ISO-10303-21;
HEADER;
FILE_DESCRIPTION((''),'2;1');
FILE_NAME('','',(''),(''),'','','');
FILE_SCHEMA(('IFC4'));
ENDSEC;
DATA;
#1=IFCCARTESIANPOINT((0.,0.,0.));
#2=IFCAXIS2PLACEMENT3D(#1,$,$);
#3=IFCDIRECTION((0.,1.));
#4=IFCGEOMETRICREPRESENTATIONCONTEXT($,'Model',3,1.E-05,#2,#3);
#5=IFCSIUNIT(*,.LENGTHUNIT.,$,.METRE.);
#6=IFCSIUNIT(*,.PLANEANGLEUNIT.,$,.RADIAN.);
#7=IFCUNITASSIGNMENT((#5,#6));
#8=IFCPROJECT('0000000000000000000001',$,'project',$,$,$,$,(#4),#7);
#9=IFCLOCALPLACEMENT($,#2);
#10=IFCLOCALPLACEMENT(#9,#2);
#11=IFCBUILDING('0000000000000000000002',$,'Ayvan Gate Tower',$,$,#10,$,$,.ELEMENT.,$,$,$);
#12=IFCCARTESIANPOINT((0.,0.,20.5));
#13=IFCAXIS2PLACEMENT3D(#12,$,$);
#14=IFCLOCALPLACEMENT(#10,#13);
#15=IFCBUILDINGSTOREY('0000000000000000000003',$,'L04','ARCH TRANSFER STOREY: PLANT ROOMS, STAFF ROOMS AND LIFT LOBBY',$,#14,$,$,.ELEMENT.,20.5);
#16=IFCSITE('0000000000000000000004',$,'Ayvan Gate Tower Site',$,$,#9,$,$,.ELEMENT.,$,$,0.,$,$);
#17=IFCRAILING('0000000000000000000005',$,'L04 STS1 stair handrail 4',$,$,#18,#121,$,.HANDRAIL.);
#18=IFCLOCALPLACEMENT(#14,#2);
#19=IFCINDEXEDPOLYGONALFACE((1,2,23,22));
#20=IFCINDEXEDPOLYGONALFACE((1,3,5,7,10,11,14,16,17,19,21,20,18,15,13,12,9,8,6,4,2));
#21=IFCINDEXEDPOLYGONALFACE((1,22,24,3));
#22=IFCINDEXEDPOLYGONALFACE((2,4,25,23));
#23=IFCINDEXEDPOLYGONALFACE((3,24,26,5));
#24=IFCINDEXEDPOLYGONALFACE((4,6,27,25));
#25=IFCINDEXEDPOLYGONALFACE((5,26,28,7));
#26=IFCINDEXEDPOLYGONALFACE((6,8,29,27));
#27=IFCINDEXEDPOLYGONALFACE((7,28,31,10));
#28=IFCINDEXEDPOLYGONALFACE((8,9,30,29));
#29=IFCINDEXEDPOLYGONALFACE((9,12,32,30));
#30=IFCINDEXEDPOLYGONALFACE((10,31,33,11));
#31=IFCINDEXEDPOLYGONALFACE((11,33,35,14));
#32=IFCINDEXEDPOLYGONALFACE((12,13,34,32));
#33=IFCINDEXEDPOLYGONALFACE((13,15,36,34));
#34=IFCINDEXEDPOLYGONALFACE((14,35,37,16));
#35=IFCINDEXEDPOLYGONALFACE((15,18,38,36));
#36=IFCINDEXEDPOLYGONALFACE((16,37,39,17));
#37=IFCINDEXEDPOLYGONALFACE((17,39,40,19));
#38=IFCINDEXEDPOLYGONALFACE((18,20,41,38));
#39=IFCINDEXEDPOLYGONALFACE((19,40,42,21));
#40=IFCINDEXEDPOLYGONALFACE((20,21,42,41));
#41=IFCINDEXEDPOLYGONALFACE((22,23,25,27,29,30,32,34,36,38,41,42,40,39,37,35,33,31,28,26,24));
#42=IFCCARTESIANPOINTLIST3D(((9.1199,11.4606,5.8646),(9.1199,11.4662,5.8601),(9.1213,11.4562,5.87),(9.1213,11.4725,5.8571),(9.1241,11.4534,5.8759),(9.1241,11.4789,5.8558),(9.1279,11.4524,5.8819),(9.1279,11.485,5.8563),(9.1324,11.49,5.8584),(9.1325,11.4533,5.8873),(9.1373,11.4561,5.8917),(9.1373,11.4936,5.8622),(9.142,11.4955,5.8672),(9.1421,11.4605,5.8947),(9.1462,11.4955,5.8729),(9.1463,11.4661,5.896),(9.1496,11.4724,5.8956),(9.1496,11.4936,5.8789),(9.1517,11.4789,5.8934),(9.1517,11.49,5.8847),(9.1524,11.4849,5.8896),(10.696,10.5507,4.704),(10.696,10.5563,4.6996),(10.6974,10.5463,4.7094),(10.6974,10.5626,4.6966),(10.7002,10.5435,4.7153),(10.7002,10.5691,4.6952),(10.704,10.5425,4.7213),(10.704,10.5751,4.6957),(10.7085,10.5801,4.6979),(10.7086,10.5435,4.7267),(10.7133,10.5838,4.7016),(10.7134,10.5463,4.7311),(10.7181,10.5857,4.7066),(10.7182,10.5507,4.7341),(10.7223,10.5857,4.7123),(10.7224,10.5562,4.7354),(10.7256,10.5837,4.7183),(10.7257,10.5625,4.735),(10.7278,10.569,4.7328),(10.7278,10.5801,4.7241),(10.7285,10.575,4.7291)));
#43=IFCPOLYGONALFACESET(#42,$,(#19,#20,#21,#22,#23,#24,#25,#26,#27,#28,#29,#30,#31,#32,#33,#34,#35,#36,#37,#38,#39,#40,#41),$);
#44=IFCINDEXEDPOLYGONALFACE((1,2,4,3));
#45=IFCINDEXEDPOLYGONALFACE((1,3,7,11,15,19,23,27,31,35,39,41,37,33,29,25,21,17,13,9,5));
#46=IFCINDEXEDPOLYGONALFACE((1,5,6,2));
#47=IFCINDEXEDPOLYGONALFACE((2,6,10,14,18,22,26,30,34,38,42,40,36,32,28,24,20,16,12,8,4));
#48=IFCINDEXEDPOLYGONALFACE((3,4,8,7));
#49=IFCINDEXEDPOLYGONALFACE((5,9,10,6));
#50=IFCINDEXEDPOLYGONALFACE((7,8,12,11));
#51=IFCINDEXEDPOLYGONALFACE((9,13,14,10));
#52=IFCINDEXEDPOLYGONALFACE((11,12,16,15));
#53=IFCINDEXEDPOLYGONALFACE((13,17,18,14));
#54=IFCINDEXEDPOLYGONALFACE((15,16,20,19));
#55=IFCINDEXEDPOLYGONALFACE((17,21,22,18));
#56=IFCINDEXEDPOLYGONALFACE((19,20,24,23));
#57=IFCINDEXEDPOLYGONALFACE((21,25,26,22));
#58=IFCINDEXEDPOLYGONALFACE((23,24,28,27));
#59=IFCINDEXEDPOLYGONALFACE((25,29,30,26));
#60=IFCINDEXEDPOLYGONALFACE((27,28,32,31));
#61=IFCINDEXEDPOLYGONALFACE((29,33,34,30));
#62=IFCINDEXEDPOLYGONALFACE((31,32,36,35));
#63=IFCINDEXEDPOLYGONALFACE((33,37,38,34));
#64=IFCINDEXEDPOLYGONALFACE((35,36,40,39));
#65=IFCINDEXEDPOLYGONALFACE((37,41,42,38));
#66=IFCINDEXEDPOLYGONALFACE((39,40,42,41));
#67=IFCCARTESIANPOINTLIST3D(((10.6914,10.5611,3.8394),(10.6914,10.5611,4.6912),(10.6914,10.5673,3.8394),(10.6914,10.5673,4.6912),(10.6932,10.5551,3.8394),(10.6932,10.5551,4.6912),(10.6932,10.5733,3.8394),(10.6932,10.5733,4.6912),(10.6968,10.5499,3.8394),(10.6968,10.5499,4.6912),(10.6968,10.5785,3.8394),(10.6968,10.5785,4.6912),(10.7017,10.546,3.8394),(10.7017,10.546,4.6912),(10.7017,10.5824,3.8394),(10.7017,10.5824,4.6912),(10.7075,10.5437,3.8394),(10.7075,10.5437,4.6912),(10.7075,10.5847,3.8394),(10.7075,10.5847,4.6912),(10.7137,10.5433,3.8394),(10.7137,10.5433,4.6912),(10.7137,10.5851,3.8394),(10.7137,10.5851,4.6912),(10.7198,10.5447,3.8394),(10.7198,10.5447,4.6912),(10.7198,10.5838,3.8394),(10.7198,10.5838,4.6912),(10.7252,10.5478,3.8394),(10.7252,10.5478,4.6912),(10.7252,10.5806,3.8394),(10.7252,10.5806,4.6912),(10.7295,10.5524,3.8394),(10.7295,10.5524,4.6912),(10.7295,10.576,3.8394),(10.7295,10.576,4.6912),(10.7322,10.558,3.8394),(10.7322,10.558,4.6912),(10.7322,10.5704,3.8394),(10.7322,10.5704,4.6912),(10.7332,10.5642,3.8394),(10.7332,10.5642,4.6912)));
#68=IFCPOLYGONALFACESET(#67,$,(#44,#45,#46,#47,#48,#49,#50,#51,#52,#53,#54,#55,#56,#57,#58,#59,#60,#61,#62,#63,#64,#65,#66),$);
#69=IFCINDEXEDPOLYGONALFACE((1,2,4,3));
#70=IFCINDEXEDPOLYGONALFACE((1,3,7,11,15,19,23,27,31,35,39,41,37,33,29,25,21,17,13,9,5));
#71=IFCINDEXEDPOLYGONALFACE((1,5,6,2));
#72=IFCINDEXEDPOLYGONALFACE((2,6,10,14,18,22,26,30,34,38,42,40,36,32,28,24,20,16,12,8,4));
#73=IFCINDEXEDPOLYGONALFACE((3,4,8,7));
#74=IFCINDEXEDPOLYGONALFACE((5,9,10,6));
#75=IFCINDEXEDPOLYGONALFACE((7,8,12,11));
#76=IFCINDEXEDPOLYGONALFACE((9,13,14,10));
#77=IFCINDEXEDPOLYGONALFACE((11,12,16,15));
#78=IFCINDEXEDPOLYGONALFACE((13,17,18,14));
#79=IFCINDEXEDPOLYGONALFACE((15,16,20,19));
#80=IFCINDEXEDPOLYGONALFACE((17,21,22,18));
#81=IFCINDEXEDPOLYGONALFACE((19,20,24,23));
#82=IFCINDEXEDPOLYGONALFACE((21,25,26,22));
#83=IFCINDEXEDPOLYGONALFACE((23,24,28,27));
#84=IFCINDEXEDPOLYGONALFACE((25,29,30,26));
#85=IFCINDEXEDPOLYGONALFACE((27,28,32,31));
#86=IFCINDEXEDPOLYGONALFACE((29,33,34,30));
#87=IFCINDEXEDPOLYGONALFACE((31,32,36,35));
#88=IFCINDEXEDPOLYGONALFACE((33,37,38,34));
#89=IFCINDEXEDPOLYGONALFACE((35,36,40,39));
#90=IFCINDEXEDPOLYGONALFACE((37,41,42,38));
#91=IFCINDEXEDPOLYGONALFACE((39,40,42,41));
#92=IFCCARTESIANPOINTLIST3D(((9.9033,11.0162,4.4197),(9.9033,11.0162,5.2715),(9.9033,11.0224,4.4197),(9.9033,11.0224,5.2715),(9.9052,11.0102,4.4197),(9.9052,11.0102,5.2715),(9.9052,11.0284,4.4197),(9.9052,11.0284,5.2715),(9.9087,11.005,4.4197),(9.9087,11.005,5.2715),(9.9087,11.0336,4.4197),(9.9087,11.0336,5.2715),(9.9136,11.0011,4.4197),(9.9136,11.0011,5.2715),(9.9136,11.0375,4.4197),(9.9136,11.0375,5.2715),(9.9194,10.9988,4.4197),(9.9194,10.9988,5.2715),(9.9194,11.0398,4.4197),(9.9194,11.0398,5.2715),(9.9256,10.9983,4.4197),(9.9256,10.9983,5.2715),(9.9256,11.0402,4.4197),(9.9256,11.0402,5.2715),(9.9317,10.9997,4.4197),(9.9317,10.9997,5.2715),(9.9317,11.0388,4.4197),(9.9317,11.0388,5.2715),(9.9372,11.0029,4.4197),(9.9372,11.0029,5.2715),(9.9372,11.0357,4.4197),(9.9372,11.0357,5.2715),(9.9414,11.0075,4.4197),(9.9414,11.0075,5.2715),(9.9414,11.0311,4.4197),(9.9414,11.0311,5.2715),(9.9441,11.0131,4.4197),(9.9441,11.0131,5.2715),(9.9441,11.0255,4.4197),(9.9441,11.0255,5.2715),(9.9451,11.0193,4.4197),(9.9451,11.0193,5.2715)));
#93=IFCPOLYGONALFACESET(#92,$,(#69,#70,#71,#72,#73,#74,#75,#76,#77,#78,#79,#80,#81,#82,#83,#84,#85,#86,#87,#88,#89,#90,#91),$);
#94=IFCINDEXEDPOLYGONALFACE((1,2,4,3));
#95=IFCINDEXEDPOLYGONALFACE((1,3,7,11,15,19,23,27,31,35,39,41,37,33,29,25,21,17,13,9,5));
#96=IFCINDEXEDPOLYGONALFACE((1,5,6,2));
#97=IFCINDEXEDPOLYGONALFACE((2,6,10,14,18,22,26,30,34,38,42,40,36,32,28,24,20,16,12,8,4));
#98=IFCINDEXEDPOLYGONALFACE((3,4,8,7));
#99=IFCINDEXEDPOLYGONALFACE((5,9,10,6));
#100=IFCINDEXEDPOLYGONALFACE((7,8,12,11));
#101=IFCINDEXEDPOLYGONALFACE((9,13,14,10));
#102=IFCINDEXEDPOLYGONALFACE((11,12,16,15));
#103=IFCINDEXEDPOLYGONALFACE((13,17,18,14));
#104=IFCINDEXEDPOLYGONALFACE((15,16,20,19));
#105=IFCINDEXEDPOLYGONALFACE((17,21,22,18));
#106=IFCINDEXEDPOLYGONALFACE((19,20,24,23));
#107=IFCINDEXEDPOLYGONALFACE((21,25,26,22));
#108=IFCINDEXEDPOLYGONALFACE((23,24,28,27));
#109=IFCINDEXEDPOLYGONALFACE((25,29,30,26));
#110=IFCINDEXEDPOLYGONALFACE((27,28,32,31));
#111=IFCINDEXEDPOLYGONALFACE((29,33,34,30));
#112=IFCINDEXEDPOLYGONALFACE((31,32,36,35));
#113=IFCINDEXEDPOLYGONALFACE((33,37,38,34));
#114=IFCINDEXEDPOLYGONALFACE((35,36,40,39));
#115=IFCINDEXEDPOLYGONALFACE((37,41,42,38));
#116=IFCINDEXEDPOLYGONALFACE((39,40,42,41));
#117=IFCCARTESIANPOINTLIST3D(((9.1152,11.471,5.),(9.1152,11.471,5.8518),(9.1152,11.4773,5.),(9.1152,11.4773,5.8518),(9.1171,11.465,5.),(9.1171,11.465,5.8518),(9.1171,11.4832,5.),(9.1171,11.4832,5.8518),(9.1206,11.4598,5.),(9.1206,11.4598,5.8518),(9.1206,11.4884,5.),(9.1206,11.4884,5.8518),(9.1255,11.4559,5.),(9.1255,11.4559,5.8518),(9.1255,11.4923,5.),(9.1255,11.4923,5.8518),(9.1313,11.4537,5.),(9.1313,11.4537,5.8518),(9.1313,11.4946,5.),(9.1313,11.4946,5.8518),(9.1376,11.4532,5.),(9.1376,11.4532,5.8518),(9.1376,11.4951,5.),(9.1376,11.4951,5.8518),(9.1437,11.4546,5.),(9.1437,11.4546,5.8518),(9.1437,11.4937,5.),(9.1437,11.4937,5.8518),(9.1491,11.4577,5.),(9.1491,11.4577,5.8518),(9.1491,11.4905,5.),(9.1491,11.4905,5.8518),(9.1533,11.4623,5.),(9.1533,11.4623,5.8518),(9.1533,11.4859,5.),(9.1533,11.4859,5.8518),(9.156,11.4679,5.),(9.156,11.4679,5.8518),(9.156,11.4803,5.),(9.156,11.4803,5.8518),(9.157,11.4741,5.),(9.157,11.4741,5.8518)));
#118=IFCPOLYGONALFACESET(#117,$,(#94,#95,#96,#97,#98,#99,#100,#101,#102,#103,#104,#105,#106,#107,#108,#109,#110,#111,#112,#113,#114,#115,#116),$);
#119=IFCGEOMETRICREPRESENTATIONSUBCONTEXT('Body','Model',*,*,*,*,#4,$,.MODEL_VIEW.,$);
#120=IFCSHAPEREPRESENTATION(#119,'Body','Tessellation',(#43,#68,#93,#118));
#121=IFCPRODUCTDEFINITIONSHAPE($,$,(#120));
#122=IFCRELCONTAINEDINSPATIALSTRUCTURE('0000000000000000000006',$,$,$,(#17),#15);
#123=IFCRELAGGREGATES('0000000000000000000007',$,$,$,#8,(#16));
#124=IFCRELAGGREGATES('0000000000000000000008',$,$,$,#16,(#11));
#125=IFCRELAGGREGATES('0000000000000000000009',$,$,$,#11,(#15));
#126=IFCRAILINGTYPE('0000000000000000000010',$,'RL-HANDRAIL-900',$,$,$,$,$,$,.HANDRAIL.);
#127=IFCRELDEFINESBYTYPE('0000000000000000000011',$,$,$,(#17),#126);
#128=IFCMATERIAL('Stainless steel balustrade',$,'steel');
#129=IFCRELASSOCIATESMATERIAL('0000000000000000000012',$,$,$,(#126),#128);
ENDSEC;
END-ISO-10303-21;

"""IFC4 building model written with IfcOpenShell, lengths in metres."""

from ifc_helpers import new_model, si_unit, direction, frame, origin, origin_2d, place, context, subcontext, project, spatial, circle, extrude, material, type_object, element, save


model = new_model("IFC4")

# Units and contexts
model_context = context("Model", 3, precision=1e-05, world=origin(), true_north=direction((0.0, 1.0)))
body_context = subcontext(model_context, "Body", "Model", "MODEL_VIEW")
ifc_project = project(units=[si_unit("LENGTHUNIT", "METRE"), si_unit("PLANEANGLEUNIT", "RADIAN")], contexts=[model_context])

# Site, building, storey
site_placement = place(None, origin())
site = spatial("IfcSite", under=ifc_project, at=site_placement, Name="Ayvan Gate Tower Site", CompositionType="ELEMENT", RefElevation=0.0)
building_placement = place(site_placement, origin())
building = spatial("IfcBuilding", under=site, at=building_placement, Name="Ayvan Gate Tower", CompositionType="ELEMENT")
storey_placement = place(building_placement, frame((0.0, 0.0, 20.5)))
storey = spatial("IfcBuildingStorey", under=building, at=storey_placement, Name="L04", Description="ARCH TRANSFER STOREY: PLANT ROOMS, STAFF ROOMS AND LIFT LOBBY", CompositionType="ELEMENT", Elevation=20.5)

# Railing
ifc_material_1 = material(Name="Stainless steel balustrade", Category="steel")
railing_type_1 = type_object("IfcRailingType", Name="RL-HANDRAIL-900", PredefinedType="HANDRAIL", material=ifc_material_1)
railing_1_placement = place(storey_placement, frame((10.7122, 10.5642, 3.8394)))
element("IfcRailing", 1, at=railing_1_placement, inside=storey, type_object=railing_type_1, Name="L04 STS1 stair handrail 4", PredefinedType="HANDRAIL", context=body_context, shape_type="SweptSolid", body=[
    extrude(circle(Radius=0.0239, at=origin_2d()), frame((0.0, 0.0, 0.876), z_axis=(-0.730198, 0.421538, 0.537695), x_axis=(-0.499962, -0.866047, 0.0)), (0.0, 0.0, 1.0), 2.1584),
    extrude(circle(Radius=0.021, at=origin_2d()), origin(), (0.0, 0.0, 1.0), 0.8518),
    extrude(circle(Radius=0.021, at=origin_2d()), frame((-0.7881, 0.4551, 0.5803)), (0.0, 0.0, 1.0), 0.8518),
    extrude(circle(Radius=0.021, at=origin_2d()), frame((-1.5762, 0.9099, 1.1606)), (0.0, 0.0, 1.0), 0.8518),
])

save(model, "model.ifc")
